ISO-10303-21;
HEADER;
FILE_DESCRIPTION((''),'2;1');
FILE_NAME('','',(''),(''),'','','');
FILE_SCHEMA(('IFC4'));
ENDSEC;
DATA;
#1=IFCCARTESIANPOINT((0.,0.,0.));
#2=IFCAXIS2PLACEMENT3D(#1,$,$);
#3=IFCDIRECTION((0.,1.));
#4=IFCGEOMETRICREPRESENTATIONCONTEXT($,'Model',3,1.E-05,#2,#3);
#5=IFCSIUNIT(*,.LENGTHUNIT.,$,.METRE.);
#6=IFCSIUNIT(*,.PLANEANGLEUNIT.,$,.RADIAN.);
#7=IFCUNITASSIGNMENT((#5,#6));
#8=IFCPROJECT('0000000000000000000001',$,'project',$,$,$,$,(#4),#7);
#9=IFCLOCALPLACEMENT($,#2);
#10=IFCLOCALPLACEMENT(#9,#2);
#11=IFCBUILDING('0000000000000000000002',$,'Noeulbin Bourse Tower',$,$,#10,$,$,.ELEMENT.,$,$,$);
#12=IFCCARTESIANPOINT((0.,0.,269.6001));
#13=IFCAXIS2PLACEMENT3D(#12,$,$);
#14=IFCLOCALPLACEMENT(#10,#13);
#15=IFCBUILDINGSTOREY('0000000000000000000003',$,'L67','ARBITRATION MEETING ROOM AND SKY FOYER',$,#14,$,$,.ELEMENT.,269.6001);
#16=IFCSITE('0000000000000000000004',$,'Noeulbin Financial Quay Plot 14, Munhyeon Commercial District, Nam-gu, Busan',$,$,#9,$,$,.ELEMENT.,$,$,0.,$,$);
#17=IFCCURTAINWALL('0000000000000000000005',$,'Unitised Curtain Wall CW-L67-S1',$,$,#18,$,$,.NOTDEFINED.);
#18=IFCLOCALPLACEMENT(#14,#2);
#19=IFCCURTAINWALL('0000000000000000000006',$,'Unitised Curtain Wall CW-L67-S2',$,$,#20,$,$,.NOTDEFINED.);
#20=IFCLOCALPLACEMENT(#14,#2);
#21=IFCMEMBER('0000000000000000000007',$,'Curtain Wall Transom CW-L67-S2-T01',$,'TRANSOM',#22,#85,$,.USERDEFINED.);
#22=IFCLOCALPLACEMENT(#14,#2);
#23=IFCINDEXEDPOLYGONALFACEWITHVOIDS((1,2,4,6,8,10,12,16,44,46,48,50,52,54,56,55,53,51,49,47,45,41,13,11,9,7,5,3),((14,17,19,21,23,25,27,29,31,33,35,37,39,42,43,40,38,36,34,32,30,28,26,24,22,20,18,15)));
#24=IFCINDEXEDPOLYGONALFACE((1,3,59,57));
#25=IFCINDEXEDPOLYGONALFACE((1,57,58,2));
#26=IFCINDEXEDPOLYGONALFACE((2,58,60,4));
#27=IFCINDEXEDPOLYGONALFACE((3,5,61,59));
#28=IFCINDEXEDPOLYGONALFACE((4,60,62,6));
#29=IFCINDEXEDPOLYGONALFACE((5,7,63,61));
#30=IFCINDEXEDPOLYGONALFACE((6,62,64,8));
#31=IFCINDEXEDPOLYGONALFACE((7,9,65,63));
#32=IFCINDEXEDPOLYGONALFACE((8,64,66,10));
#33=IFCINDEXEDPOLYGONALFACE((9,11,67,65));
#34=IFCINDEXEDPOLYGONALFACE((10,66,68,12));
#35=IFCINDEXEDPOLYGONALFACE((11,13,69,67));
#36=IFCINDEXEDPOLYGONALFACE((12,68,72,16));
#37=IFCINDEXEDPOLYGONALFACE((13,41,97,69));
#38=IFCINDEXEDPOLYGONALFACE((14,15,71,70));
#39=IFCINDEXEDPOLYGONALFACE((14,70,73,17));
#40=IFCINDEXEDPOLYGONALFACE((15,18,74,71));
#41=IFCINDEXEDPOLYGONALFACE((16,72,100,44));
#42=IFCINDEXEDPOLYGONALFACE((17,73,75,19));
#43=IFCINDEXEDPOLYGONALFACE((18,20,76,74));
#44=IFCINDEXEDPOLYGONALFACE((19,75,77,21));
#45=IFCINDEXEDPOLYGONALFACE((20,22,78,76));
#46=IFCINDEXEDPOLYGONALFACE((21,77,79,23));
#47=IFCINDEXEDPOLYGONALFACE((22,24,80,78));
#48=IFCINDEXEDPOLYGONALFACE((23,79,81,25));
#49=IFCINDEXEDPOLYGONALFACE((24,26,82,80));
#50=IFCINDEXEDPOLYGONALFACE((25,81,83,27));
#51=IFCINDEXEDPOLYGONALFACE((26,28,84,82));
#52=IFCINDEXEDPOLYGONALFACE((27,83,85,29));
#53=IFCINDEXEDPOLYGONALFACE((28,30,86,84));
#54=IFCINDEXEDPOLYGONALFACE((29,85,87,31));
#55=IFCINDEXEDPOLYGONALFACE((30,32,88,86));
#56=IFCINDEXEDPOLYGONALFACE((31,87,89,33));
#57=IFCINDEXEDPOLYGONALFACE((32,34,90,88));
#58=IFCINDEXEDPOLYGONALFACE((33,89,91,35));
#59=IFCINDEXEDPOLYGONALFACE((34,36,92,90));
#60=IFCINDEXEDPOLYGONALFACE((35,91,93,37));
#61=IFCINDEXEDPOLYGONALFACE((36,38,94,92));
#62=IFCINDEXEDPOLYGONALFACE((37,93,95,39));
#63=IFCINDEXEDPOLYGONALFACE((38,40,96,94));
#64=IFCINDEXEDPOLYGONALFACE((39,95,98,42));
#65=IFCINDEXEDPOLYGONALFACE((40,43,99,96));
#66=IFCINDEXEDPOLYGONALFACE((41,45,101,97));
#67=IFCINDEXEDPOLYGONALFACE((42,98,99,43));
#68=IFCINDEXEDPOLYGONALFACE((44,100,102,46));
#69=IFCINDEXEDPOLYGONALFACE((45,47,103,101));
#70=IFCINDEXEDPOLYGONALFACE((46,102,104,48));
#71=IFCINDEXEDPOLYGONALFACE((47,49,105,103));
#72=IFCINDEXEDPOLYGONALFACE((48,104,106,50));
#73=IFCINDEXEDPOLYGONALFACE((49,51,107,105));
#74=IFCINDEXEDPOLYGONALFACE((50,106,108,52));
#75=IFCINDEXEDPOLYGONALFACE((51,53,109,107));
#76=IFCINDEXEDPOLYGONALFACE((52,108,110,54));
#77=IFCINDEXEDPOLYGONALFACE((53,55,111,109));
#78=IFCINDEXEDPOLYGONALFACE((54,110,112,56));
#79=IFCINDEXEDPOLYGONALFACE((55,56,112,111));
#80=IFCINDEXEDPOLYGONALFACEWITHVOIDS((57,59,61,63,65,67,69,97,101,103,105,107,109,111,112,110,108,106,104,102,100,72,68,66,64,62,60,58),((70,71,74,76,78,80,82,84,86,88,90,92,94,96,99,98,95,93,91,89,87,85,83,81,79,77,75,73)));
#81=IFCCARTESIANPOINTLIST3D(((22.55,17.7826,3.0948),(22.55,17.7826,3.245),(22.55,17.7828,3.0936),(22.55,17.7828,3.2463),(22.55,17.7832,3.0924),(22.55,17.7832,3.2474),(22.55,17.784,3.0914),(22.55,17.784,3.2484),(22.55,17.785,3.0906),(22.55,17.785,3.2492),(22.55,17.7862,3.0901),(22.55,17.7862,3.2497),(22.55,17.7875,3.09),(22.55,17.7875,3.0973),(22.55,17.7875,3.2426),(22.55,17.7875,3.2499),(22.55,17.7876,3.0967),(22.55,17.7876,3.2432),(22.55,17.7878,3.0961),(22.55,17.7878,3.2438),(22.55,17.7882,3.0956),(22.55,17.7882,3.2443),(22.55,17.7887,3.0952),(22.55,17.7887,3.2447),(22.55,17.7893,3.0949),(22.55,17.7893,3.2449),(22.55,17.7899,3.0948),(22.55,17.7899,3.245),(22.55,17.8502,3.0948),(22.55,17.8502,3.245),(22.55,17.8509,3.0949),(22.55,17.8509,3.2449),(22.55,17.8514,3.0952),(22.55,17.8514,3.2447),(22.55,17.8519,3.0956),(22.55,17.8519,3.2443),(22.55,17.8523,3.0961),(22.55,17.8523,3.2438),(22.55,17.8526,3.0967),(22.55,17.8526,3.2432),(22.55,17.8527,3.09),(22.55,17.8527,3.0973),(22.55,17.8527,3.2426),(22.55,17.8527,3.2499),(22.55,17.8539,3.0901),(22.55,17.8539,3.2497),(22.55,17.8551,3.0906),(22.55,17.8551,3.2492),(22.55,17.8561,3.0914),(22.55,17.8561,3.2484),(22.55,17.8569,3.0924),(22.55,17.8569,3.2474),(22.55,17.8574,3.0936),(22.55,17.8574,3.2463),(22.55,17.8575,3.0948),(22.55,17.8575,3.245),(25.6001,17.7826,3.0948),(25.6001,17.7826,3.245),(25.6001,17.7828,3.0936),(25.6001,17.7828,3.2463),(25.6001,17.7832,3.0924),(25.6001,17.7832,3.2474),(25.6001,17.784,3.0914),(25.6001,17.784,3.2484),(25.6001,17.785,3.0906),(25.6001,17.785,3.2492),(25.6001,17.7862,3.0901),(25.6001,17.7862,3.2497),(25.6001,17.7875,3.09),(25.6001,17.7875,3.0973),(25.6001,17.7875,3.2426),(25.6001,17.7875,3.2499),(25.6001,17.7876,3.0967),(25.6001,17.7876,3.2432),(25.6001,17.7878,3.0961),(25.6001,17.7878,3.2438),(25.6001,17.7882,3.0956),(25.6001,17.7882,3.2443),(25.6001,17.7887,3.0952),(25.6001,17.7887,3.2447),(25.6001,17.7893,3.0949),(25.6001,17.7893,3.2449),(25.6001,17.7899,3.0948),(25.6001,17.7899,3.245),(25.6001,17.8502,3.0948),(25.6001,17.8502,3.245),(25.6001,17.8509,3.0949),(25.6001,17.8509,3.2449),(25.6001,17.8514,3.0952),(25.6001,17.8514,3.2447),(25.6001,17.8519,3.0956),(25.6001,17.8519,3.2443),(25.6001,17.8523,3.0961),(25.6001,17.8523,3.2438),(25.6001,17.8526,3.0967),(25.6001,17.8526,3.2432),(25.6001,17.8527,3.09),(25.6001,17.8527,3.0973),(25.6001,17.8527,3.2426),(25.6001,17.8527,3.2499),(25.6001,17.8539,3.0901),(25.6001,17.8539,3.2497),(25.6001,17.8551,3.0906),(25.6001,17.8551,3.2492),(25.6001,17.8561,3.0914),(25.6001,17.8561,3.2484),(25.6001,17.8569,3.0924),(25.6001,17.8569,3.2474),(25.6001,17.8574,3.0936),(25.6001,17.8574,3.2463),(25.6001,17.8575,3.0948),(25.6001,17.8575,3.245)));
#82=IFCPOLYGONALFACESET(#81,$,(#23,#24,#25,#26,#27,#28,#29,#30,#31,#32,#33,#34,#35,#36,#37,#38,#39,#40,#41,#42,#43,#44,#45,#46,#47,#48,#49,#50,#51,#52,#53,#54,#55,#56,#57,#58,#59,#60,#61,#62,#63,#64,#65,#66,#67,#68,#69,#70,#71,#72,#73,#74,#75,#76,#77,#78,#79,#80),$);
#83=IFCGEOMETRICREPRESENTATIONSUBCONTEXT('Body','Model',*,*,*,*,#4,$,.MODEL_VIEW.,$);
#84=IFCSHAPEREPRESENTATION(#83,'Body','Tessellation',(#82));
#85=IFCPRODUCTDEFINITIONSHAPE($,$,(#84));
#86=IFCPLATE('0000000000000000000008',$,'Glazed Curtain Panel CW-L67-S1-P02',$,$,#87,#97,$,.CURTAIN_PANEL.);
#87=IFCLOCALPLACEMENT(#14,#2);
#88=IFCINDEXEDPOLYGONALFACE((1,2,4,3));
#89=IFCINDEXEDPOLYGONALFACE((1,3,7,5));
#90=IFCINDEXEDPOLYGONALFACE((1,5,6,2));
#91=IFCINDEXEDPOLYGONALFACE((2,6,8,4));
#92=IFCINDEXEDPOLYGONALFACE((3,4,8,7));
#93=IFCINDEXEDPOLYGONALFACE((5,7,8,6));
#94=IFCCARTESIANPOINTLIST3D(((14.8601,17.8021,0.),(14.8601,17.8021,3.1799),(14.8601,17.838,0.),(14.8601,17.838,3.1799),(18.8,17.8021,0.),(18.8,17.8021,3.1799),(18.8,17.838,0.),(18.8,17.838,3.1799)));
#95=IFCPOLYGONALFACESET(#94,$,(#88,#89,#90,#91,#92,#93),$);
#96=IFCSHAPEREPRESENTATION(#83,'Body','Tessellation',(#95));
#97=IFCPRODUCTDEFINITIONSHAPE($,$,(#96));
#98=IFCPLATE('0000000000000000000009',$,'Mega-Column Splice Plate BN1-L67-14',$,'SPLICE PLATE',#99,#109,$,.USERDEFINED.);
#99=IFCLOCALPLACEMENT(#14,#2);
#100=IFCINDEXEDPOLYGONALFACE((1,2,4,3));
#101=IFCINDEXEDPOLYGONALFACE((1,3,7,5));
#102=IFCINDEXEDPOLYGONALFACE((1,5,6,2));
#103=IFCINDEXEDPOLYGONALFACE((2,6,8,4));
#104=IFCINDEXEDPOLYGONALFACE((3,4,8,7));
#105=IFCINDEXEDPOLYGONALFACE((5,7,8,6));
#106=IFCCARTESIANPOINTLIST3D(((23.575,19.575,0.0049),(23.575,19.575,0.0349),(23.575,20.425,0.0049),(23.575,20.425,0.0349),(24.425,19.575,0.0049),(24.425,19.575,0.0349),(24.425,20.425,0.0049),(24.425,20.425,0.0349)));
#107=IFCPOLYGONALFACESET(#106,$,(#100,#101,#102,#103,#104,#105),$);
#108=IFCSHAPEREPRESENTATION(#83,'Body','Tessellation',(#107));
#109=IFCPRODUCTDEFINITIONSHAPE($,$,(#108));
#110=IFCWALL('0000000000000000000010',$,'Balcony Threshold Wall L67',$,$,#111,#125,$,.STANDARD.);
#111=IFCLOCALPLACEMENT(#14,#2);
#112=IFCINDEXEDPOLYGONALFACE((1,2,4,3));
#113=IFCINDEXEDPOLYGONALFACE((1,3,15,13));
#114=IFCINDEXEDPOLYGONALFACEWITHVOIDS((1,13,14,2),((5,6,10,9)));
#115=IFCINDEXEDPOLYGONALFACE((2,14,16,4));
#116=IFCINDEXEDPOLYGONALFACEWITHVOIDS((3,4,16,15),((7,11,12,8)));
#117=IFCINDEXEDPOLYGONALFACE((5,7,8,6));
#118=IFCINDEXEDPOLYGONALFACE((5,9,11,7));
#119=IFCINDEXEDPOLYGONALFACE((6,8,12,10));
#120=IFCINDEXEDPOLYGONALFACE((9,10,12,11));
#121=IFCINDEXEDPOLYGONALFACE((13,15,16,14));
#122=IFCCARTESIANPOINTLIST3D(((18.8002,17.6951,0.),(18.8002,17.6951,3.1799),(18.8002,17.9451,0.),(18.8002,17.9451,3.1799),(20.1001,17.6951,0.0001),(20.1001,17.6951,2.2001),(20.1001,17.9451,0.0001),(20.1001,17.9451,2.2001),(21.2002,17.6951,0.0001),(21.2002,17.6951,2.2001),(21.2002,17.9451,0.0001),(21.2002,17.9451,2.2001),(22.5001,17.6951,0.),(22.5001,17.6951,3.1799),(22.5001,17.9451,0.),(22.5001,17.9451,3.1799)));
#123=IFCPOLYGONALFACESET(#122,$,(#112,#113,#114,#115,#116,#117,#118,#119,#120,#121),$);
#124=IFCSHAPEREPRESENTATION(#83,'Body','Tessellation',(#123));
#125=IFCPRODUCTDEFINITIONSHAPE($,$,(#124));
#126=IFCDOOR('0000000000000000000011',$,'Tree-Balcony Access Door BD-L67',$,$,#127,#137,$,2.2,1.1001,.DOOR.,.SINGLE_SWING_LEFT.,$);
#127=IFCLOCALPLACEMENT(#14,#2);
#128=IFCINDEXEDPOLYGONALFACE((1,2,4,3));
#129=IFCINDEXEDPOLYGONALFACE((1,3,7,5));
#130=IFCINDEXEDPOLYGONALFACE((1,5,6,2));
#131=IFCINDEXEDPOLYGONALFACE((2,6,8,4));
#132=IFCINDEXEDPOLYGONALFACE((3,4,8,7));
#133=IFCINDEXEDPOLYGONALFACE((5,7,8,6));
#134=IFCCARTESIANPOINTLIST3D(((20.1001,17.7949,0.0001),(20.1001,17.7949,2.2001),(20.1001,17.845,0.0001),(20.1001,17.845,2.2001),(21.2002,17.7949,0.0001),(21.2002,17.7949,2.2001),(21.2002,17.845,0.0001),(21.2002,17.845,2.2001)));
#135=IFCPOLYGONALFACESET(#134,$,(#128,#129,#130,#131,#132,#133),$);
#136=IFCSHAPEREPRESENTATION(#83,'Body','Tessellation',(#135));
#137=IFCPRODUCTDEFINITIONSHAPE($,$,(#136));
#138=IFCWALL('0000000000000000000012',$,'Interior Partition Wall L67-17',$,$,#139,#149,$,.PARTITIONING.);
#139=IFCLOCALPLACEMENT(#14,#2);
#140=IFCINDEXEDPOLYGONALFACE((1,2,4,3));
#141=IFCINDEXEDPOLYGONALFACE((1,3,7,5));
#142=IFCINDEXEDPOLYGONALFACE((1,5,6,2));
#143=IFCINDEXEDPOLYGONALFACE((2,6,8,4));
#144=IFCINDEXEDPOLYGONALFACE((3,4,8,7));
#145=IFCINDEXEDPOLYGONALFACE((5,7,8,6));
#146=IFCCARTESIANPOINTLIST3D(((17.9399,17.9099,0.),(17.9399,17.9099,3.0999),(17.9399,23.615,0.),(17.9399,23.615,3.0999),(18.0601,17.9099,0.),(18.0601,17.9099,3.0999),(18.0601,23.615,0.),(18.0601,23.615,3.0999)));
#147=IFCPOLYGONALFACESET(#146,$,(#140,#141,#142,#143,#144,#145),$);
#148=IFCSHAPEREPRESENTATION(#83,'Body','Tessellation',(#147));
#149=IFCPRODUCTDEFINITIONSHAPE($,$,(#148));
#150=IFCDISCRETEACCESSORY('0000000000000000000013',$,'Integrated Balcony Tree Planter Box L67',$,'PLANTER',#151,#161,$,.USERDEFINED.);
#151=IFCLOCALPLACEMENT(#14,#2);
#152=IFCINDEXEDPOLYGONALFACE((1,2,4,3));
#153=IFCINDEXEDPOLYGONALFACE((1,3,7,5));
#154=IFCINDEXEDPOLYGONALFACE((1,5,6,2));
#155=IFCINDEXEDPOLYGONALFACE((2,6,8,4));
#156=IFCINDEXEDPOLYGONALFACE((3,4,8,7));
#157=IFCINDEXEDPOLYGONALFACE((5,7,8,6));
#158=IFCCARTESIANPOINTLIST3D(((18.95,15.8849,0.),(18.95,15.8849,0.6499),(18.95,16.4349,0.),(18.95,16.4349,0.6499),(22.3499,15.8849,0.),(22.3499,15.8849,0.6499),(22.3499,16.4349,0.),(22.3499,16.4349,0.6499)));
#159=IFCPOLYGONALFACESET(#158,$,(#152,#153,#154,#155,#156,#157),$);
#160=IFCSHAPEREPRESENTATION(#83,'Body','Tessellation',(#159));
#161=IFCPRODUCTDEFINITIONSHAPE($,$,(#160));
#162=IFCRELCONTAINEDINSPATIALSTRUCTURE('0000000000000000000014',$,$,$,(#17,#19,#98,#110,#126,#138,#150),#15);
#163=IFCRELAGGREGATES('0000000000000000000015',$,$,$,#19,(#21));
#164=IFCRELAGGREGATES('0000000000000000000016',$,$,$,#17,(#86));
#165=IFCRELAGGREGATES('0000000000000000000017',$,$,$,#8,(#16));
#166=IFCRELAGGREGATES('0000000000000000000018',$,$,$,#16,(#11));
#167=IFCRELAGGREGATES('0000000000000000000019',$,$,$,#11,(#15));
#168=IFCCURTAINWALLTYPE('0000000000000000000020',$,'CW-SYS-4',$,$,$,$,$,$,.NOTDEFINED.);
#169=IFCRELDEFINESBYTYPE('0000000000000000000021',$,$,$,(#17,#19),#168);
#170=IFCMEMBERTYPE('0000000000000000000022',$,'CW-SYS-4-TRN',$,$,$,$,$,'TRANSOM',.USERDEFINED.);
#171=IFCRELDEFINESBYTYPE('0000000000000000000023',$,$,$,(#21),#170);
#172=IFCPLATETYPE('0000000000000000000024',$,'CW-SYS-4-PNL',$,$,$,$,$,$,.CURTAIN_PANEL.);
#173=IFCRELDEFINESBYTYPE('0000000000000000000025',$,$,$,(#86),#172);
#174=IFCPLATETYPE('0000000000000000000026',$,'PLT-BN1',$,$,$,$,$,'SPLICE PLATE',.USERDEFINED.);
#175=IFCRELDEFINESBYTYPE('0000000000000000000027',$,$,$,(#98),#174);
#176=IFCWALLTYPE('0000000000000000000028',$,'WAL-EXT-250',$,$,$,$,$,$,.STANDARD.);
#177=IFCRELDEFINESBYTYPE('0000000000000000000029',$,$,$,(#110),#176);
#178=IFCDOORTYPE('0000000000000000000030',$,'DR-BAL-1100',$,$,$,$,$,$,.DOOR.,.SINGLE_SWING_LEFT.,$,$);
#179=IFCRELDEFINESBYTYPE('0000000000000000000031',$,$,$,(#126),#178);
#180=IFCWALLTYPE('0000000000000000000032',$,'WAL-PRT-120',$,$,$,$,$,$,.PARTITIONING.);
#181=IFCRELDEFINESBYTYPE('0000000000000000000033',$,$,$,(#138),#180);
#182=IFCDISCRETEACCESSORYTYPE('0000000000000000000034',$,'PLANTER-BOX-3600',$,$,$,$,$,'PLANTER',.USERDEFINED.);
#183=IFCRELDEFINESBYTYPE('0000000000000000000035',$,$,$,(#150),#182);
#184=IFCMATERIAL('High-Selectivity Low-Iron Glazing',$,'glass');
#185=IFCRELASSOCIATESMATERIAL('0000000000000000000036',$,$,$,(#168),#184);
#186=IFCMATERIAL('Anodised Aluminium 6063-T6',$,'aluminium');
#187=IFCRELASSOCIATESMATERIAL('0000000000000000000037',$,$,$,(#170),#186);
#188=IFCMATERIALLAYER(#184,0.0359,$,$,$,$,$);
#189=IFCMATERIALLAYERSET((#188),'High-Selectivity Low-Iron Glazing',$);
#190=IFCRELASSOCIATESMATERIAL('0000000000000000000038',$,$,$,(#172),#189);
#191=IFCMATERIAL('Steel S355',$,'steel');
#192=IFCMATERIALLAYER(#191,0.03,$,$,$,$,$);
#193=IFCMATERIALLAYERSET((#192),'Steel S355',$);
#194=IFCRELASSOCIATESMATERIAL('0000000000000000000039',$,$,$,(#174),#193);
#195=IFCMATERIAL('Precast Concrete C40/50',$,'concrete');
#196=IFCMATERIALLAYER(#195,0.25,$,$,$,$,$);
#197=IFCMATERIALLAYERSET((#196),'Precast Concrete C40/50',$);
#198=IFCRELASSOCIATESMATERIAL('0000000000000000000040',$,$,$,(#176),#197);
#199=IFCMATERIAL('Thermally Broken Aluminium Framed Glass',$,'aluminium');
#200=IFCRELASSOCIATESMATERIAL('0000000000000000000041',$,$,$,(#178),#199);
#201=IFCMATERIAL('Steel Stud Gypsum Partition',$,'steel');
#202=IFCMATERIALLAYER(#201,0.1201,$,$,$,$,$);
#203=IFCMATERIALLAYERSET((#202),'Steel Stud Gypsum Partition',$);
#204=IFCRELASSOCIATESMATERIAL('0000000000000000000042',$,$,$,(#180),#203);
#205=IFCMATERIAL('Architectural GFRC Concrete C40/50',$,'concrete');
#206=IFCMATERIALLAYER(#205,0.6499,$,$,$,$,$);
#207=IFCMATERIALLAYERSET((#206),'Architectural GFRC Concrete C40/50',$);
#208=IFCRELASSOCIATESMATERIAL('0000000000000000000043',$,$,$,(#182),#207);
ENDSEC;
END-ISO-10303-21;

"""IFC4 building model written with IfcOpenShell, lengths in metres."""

from ifc_helpers import new_model, si_unit, direction, frame, frame_2d, origin, origin_2d, place, context, subcontext, project, spatial, rectangle, hollow_rectangle, extrude, material, layer, layer_set, material_profile, profile_set, type_object, element, fill, aggregate, save


model = new_model("IFC4")

# Units and contexts
model_context = context("Model", 3, precision=1e-05, world=origin(), true_north=direction((0.0, 1.0)))
body_context = subcontext(model_context, "Body", "Model", "MODEL_VIEW")
ifc_project = project(units=[si_unit("LENGTHUNIT", "METRE"), si_unit("PLANEANGLEUNIT", "RADIAN")], contexts=[model_context])

# Site, building, storey
site_placement = place(None, origin())
site = spatial("IfcSite", under=ifc_project, at=site_placement, Name="Noeulbin Financial Quay Plot 14, Munhyeon Commercial District, Nam-gu, Busan", CompositionType="ELEMENT", RefElevation=0.0)
building_placement = place(site_placement, origin())
building = spatial("IfcBuilding", under=site, at=building_placement, Name="Noeulbin Bourse Tower", CompositionType="ELEMENT")
storey_placement = place(building_placement, frame((0.0, 0.0, 269.6001)))
storey = spatial("IfcBuildingStorey", under=building, at=storey_placement, Name="L67", Description="ARBITRATION MEETING ROOM AND SKY FOYER", CompositionType="ELEMENT", Elevation=269.6001)

# Shared definitions
ifc_material_1 = material(Name="Steel S355", Category="steel")

# Curtain walls, member
ifc_material_2 = material(Name="High-Selectivity Low-Iron Glazing", Category="glass")
curtain_wall_type = type_object("IfcCurtainWallType", Name="CW-SYS-4", PredefinedType="NOTDEFINED", material=ifc_material_2)
curtain_wall_1_placement = place(storey_placement, origin())
curtain_wall_1 = element("IfcCurtainWall", 1, at=curtain_wall_1_placement, inside=storey, type_object=curtain_wall_type, Name="Unitised Curtain Wall CW-L67-S1", PredefinedType="NOTDEFINED")
ifc_material_3 = material(Name="Anodised Aluminium 6063-T6", Category="aluminium")
curtain_wall_2_placement = place(storey_placement, origin())
curtain_wall_2 = element("IfcCurtainWall", 2, at=curtain_wall_2_placement, inside=storey, type_object=curtain_wall_type, Name="Unitised Curtain Wall CW-L67-S2", PredefinedType="NOTDEFINED")
ifc_material_profile_1 = material_profile(ifc_material_3, hollow_rectangle(XDim=0.075, YDim=0.1599, WallThickness=0.0049, InnerFilletRadius=0.0024, OuterFilletRadius=0.0049, at=origin_2d()), Name="ALU-TRAN-75x160x5", Category="LoadBearing")
ifc_profile_set_1 = profile_set([ifc_material_profile_1], Name="Anodised Aluminium 6063-T6")
member_type_1 = type_object("IfcMemberType", Name="CW-SYS-4-TRN", ElementType="TRANSOM", PredefinedType="USERDEFINED", material=ifc_profile_set_1)
member_1_placement = place(storey_placement, frame((22.55, 17.8201, 3.1699), z_axis=(1.0, 0.0, 0.0), x_axis=(0.0, 1.0, 0.0)))
member_1 = element("IfcMember", 3, at=member_1_placement, type_object=member_type_1, Name="Curtain Wall Transom CW-L67-S2-T01", ObjectType="TRANSOM", PredefinedType="USERDEFINED", context=body_context, shape_type="SweptSolid", body=[
    extrude(hollow_rectangle(XDim=0.075, YDim=0.1599, WallThickness=0.0049, InnerFilletRadius=0.0024, OuterFilletRadius=0.0049, at=origin_2d()), origin(), (0.0, 0.0, 1.0), 3.05),
])
aggregate(curtain_wall_2, [member_1])

# Plates
ifc_layer_1 = layer(ifc_material_2, 0.0359)
ifc_layer_set_1 = layer_set([ifc_layer_1], Name="High-Selectivity Low-Iron Glazing")
plate_type_1 = type_object("IfcPlateType", Name="CW-SYS-4-PNL", PredefinedType="CURTAIN_PANEL", material=ifc_layer_set_1)
plate_1_placement = place(storey_placement, frame((16.8301, 17.8201, 0.0), z_axis=(0.0, 0.0, 1.0), x_axis=(1.0, 0.0, 0.0)))
plate_1 = element("IfcPlate", 4, at=plate_1_placement, type_object=plate_type_1, Name="Glazed Curtain Panel CW-L67-S1-P02", PredefinedType="CURTAIN_PANEL", context=body_context, shape_type="SweptSolid", body=[
    extrude(rectangle(XDim=3.9399, YDim=0.0359, at=origin_2d()), origin(), (0.0, 0.0, 1.0), 3.1799),
])
aggregate(curtain_wall_1, [plate_1])
ifc_layer_2 = layer(ifc_material_1, 0.03)
ifc_layer_set_2 = layer_set([ifc_layer_2], Name="Steel S355")
plate_type_2 = type_object("IfcPlateType", Name="PLT-BN1", ElementType="SPLICE PLATE", PredefinedType="USERDEFINED", material=ifc_layer_set_2)
plate_2_placement = place(storey_placement, frame((24.0, 20.0, 0.0049), z_axis=(0.0, 0.0, 1.0), x_axis=(1.0, 0.0, 0.0)))
element("IfcPlate", 5, at=plate_2_placement, inside=storey, type_object=plate_type_2, Name="Mega-Column Splice Plate BN1-L67-14", ObjectType="SPLICE PLATE", PredefinedType="USERDEFINED", context=body_context, shape_type="SweptSolid", body=[
    extrude(rectangle(XDim=0.8501, YDim=0.8501, at=origin_2d()), origin(), (0.0, 0.0, 1.0), 0.03),
])

# Wall, opening, door
ifc_material_4 = material(Name="Precast Concrete C40/50", Category="concrete")
ifc_layer_3 = layer(ifc_material_4, 0.25)
ifc_layer_set_3 = layer_set([ifc_layer_3], Name="Precast Concrete C40/50")
wall_type_1 = type_object("IfcWallType", Name="WAL-EXT-250", PredefinedType="STANDARD", material=ifc_layer_set_3)
wall_1_placement = place(storey_placement, frame((18.8, 17.8201, 0.0), z_axis=(0.0, 0.0, 1.0), x_axis=(1.0, 0.0, 0.0)))
wall_1 = element("IfcWall", 6, at=wall_1_placement, inside=storey, type_object=wall_type_1, Name="Balcony Threshold Wall L67", PredefinedType="STANDARD", context=body_context, shape_type="SweptSolid", body=[
    extrude(rectangle(XDim=3.7, YDim=0.25, at=frame_2d((1.8501, 0.0))), origin(), (0.0, 0.0, 1.0), 3.1799),
])
opening_placement = place(wall_1_placement, frame((1.3, 0.0, 0.0)))
opening = element("IfcOpeningElement", 7, at=opening_placement, cuts=wall_1, PredefinedType="OPENING", context=body_context, shape_type="SweptSolid", body=[
    extrude(rectangle(XDim=1.1001, YDim=2.2, at=frame_2d((0.55, 1.1001))), frame((0.0, 0.135, 0.0), z_axis=(0.0, -1.0, 0.0), x_axis=(1.0, 0.0, 0.0)), (0.0, 0.0, 1.0), 0.27),
])
ifc_material_5 = material(Name="Thermally Broken Aluminium Framed Glass", Category="aluminium")
door_type = type_object("IfcDoorType", Name="DR-BAL-1100", OperationType="SINGLE_SWING_LEFT", PredefinedType="DOOR", material=ifc_material_5)
door_placement = place(opening_placement, origin())
door = element("IfcDoor", 8, at=door_placement, inside=storey, type_object=door_type, Name="Tree-Balcony Access Door BD-L67", OperationType="SINGLE_SWING_LEFT", OverallHeight=2.2, OverallWidth=1.1001, PredefinedType="DOOR", context=body_context, shape_type="SweptSolid", body=[
    extrude(rectangle(XDim=1.1001, YDim=2.2, at=frame_2d((0.55, 1.1001))), frame((0.0, 0.0249, 0.0), z_axis=(0.0, -1.0, 0.0), x_axis=(1.0, 0.0, 0.0)), (0.0, 0.0, 1.0), 0.05),
])
fill(opening, door)

# Wall
ifc_material_6 = material(Name="Steel Stud Gypsum Partition", Category="steel")
ifc_layer_4 = layer(ifc_material_6, 0.1201)
ifc_layer_set_4 = layer_set([ifc_layer_4], Name="Steel Stud Gypsum Partition")
wall_type_2 = type_object("IfcWallType", Name="WAL-PRT-120", PredefinedType="PARTITIONING", material=ifc_layer_set_4)
wall_2_placement = place(storey_placement, frame((18.0, 17.9099, 0.0), z_axis=(0.0, 0.0, 1.0), x_axis=(0.0, 1.0, 0.0)))
element("IfcWall", 9, at=wall_2_placement, inside=storey, type_object=wall_type_2, Name="Interior Partition Wall L67-17", PredefinedType="PARTITIONING", context=body_context, shape_type="SweptSolid", body=[
    extrude(rectangle(XDim=5.7051, YDim=0.1201, at=frame_2d((2.8525, 0.0))), origin(), (0.0, 0.0, 1.0), 3.0999),
])

# Discrete accessory
ifc_material_7 = material(Name="Architectural GFRC Concrete C40/50", Category="concrete")
ifc_layer_5 = layer(ifc_material_7, 0.6499)
ifc_layer_set_5 = layer_set([ifc_layer_5], Name="Architectural GFRC Concrete C40/50")
discrete_accessory_type = type_object("IfcDiscreteAccessoryType", Name="PLANTER-BOX-3600", ElementType="PLANTER", PredefinedType="USERDEFINED", material=ifc_layer_set_5)
discrete_accessory_placement = place(storey_placement, frame((20.6499, 16.1599, 0.0), z_axis=(0.0, 0.0, 1.0), x_axis=(1.0, 0.0, 0.0)))
element("IfcDiscreteAccessory", 10, at=discrete_accessory_placement, inside=storey, type_object=discrete_accessory_type, Name="Integrated Balcony Tree Planter Box L67", ObjectType="PLANTER", PredefinedType="USERDEFINED", context=body_context, shape_type="SweptSolid", body=[
    extrude(rectangle(XDim=3.3999, YDim=0.55, at=origin_2d()), origin(), (0.0, 0.0, 1.0), 0.6499),
])

save(model, "model.ifc")
